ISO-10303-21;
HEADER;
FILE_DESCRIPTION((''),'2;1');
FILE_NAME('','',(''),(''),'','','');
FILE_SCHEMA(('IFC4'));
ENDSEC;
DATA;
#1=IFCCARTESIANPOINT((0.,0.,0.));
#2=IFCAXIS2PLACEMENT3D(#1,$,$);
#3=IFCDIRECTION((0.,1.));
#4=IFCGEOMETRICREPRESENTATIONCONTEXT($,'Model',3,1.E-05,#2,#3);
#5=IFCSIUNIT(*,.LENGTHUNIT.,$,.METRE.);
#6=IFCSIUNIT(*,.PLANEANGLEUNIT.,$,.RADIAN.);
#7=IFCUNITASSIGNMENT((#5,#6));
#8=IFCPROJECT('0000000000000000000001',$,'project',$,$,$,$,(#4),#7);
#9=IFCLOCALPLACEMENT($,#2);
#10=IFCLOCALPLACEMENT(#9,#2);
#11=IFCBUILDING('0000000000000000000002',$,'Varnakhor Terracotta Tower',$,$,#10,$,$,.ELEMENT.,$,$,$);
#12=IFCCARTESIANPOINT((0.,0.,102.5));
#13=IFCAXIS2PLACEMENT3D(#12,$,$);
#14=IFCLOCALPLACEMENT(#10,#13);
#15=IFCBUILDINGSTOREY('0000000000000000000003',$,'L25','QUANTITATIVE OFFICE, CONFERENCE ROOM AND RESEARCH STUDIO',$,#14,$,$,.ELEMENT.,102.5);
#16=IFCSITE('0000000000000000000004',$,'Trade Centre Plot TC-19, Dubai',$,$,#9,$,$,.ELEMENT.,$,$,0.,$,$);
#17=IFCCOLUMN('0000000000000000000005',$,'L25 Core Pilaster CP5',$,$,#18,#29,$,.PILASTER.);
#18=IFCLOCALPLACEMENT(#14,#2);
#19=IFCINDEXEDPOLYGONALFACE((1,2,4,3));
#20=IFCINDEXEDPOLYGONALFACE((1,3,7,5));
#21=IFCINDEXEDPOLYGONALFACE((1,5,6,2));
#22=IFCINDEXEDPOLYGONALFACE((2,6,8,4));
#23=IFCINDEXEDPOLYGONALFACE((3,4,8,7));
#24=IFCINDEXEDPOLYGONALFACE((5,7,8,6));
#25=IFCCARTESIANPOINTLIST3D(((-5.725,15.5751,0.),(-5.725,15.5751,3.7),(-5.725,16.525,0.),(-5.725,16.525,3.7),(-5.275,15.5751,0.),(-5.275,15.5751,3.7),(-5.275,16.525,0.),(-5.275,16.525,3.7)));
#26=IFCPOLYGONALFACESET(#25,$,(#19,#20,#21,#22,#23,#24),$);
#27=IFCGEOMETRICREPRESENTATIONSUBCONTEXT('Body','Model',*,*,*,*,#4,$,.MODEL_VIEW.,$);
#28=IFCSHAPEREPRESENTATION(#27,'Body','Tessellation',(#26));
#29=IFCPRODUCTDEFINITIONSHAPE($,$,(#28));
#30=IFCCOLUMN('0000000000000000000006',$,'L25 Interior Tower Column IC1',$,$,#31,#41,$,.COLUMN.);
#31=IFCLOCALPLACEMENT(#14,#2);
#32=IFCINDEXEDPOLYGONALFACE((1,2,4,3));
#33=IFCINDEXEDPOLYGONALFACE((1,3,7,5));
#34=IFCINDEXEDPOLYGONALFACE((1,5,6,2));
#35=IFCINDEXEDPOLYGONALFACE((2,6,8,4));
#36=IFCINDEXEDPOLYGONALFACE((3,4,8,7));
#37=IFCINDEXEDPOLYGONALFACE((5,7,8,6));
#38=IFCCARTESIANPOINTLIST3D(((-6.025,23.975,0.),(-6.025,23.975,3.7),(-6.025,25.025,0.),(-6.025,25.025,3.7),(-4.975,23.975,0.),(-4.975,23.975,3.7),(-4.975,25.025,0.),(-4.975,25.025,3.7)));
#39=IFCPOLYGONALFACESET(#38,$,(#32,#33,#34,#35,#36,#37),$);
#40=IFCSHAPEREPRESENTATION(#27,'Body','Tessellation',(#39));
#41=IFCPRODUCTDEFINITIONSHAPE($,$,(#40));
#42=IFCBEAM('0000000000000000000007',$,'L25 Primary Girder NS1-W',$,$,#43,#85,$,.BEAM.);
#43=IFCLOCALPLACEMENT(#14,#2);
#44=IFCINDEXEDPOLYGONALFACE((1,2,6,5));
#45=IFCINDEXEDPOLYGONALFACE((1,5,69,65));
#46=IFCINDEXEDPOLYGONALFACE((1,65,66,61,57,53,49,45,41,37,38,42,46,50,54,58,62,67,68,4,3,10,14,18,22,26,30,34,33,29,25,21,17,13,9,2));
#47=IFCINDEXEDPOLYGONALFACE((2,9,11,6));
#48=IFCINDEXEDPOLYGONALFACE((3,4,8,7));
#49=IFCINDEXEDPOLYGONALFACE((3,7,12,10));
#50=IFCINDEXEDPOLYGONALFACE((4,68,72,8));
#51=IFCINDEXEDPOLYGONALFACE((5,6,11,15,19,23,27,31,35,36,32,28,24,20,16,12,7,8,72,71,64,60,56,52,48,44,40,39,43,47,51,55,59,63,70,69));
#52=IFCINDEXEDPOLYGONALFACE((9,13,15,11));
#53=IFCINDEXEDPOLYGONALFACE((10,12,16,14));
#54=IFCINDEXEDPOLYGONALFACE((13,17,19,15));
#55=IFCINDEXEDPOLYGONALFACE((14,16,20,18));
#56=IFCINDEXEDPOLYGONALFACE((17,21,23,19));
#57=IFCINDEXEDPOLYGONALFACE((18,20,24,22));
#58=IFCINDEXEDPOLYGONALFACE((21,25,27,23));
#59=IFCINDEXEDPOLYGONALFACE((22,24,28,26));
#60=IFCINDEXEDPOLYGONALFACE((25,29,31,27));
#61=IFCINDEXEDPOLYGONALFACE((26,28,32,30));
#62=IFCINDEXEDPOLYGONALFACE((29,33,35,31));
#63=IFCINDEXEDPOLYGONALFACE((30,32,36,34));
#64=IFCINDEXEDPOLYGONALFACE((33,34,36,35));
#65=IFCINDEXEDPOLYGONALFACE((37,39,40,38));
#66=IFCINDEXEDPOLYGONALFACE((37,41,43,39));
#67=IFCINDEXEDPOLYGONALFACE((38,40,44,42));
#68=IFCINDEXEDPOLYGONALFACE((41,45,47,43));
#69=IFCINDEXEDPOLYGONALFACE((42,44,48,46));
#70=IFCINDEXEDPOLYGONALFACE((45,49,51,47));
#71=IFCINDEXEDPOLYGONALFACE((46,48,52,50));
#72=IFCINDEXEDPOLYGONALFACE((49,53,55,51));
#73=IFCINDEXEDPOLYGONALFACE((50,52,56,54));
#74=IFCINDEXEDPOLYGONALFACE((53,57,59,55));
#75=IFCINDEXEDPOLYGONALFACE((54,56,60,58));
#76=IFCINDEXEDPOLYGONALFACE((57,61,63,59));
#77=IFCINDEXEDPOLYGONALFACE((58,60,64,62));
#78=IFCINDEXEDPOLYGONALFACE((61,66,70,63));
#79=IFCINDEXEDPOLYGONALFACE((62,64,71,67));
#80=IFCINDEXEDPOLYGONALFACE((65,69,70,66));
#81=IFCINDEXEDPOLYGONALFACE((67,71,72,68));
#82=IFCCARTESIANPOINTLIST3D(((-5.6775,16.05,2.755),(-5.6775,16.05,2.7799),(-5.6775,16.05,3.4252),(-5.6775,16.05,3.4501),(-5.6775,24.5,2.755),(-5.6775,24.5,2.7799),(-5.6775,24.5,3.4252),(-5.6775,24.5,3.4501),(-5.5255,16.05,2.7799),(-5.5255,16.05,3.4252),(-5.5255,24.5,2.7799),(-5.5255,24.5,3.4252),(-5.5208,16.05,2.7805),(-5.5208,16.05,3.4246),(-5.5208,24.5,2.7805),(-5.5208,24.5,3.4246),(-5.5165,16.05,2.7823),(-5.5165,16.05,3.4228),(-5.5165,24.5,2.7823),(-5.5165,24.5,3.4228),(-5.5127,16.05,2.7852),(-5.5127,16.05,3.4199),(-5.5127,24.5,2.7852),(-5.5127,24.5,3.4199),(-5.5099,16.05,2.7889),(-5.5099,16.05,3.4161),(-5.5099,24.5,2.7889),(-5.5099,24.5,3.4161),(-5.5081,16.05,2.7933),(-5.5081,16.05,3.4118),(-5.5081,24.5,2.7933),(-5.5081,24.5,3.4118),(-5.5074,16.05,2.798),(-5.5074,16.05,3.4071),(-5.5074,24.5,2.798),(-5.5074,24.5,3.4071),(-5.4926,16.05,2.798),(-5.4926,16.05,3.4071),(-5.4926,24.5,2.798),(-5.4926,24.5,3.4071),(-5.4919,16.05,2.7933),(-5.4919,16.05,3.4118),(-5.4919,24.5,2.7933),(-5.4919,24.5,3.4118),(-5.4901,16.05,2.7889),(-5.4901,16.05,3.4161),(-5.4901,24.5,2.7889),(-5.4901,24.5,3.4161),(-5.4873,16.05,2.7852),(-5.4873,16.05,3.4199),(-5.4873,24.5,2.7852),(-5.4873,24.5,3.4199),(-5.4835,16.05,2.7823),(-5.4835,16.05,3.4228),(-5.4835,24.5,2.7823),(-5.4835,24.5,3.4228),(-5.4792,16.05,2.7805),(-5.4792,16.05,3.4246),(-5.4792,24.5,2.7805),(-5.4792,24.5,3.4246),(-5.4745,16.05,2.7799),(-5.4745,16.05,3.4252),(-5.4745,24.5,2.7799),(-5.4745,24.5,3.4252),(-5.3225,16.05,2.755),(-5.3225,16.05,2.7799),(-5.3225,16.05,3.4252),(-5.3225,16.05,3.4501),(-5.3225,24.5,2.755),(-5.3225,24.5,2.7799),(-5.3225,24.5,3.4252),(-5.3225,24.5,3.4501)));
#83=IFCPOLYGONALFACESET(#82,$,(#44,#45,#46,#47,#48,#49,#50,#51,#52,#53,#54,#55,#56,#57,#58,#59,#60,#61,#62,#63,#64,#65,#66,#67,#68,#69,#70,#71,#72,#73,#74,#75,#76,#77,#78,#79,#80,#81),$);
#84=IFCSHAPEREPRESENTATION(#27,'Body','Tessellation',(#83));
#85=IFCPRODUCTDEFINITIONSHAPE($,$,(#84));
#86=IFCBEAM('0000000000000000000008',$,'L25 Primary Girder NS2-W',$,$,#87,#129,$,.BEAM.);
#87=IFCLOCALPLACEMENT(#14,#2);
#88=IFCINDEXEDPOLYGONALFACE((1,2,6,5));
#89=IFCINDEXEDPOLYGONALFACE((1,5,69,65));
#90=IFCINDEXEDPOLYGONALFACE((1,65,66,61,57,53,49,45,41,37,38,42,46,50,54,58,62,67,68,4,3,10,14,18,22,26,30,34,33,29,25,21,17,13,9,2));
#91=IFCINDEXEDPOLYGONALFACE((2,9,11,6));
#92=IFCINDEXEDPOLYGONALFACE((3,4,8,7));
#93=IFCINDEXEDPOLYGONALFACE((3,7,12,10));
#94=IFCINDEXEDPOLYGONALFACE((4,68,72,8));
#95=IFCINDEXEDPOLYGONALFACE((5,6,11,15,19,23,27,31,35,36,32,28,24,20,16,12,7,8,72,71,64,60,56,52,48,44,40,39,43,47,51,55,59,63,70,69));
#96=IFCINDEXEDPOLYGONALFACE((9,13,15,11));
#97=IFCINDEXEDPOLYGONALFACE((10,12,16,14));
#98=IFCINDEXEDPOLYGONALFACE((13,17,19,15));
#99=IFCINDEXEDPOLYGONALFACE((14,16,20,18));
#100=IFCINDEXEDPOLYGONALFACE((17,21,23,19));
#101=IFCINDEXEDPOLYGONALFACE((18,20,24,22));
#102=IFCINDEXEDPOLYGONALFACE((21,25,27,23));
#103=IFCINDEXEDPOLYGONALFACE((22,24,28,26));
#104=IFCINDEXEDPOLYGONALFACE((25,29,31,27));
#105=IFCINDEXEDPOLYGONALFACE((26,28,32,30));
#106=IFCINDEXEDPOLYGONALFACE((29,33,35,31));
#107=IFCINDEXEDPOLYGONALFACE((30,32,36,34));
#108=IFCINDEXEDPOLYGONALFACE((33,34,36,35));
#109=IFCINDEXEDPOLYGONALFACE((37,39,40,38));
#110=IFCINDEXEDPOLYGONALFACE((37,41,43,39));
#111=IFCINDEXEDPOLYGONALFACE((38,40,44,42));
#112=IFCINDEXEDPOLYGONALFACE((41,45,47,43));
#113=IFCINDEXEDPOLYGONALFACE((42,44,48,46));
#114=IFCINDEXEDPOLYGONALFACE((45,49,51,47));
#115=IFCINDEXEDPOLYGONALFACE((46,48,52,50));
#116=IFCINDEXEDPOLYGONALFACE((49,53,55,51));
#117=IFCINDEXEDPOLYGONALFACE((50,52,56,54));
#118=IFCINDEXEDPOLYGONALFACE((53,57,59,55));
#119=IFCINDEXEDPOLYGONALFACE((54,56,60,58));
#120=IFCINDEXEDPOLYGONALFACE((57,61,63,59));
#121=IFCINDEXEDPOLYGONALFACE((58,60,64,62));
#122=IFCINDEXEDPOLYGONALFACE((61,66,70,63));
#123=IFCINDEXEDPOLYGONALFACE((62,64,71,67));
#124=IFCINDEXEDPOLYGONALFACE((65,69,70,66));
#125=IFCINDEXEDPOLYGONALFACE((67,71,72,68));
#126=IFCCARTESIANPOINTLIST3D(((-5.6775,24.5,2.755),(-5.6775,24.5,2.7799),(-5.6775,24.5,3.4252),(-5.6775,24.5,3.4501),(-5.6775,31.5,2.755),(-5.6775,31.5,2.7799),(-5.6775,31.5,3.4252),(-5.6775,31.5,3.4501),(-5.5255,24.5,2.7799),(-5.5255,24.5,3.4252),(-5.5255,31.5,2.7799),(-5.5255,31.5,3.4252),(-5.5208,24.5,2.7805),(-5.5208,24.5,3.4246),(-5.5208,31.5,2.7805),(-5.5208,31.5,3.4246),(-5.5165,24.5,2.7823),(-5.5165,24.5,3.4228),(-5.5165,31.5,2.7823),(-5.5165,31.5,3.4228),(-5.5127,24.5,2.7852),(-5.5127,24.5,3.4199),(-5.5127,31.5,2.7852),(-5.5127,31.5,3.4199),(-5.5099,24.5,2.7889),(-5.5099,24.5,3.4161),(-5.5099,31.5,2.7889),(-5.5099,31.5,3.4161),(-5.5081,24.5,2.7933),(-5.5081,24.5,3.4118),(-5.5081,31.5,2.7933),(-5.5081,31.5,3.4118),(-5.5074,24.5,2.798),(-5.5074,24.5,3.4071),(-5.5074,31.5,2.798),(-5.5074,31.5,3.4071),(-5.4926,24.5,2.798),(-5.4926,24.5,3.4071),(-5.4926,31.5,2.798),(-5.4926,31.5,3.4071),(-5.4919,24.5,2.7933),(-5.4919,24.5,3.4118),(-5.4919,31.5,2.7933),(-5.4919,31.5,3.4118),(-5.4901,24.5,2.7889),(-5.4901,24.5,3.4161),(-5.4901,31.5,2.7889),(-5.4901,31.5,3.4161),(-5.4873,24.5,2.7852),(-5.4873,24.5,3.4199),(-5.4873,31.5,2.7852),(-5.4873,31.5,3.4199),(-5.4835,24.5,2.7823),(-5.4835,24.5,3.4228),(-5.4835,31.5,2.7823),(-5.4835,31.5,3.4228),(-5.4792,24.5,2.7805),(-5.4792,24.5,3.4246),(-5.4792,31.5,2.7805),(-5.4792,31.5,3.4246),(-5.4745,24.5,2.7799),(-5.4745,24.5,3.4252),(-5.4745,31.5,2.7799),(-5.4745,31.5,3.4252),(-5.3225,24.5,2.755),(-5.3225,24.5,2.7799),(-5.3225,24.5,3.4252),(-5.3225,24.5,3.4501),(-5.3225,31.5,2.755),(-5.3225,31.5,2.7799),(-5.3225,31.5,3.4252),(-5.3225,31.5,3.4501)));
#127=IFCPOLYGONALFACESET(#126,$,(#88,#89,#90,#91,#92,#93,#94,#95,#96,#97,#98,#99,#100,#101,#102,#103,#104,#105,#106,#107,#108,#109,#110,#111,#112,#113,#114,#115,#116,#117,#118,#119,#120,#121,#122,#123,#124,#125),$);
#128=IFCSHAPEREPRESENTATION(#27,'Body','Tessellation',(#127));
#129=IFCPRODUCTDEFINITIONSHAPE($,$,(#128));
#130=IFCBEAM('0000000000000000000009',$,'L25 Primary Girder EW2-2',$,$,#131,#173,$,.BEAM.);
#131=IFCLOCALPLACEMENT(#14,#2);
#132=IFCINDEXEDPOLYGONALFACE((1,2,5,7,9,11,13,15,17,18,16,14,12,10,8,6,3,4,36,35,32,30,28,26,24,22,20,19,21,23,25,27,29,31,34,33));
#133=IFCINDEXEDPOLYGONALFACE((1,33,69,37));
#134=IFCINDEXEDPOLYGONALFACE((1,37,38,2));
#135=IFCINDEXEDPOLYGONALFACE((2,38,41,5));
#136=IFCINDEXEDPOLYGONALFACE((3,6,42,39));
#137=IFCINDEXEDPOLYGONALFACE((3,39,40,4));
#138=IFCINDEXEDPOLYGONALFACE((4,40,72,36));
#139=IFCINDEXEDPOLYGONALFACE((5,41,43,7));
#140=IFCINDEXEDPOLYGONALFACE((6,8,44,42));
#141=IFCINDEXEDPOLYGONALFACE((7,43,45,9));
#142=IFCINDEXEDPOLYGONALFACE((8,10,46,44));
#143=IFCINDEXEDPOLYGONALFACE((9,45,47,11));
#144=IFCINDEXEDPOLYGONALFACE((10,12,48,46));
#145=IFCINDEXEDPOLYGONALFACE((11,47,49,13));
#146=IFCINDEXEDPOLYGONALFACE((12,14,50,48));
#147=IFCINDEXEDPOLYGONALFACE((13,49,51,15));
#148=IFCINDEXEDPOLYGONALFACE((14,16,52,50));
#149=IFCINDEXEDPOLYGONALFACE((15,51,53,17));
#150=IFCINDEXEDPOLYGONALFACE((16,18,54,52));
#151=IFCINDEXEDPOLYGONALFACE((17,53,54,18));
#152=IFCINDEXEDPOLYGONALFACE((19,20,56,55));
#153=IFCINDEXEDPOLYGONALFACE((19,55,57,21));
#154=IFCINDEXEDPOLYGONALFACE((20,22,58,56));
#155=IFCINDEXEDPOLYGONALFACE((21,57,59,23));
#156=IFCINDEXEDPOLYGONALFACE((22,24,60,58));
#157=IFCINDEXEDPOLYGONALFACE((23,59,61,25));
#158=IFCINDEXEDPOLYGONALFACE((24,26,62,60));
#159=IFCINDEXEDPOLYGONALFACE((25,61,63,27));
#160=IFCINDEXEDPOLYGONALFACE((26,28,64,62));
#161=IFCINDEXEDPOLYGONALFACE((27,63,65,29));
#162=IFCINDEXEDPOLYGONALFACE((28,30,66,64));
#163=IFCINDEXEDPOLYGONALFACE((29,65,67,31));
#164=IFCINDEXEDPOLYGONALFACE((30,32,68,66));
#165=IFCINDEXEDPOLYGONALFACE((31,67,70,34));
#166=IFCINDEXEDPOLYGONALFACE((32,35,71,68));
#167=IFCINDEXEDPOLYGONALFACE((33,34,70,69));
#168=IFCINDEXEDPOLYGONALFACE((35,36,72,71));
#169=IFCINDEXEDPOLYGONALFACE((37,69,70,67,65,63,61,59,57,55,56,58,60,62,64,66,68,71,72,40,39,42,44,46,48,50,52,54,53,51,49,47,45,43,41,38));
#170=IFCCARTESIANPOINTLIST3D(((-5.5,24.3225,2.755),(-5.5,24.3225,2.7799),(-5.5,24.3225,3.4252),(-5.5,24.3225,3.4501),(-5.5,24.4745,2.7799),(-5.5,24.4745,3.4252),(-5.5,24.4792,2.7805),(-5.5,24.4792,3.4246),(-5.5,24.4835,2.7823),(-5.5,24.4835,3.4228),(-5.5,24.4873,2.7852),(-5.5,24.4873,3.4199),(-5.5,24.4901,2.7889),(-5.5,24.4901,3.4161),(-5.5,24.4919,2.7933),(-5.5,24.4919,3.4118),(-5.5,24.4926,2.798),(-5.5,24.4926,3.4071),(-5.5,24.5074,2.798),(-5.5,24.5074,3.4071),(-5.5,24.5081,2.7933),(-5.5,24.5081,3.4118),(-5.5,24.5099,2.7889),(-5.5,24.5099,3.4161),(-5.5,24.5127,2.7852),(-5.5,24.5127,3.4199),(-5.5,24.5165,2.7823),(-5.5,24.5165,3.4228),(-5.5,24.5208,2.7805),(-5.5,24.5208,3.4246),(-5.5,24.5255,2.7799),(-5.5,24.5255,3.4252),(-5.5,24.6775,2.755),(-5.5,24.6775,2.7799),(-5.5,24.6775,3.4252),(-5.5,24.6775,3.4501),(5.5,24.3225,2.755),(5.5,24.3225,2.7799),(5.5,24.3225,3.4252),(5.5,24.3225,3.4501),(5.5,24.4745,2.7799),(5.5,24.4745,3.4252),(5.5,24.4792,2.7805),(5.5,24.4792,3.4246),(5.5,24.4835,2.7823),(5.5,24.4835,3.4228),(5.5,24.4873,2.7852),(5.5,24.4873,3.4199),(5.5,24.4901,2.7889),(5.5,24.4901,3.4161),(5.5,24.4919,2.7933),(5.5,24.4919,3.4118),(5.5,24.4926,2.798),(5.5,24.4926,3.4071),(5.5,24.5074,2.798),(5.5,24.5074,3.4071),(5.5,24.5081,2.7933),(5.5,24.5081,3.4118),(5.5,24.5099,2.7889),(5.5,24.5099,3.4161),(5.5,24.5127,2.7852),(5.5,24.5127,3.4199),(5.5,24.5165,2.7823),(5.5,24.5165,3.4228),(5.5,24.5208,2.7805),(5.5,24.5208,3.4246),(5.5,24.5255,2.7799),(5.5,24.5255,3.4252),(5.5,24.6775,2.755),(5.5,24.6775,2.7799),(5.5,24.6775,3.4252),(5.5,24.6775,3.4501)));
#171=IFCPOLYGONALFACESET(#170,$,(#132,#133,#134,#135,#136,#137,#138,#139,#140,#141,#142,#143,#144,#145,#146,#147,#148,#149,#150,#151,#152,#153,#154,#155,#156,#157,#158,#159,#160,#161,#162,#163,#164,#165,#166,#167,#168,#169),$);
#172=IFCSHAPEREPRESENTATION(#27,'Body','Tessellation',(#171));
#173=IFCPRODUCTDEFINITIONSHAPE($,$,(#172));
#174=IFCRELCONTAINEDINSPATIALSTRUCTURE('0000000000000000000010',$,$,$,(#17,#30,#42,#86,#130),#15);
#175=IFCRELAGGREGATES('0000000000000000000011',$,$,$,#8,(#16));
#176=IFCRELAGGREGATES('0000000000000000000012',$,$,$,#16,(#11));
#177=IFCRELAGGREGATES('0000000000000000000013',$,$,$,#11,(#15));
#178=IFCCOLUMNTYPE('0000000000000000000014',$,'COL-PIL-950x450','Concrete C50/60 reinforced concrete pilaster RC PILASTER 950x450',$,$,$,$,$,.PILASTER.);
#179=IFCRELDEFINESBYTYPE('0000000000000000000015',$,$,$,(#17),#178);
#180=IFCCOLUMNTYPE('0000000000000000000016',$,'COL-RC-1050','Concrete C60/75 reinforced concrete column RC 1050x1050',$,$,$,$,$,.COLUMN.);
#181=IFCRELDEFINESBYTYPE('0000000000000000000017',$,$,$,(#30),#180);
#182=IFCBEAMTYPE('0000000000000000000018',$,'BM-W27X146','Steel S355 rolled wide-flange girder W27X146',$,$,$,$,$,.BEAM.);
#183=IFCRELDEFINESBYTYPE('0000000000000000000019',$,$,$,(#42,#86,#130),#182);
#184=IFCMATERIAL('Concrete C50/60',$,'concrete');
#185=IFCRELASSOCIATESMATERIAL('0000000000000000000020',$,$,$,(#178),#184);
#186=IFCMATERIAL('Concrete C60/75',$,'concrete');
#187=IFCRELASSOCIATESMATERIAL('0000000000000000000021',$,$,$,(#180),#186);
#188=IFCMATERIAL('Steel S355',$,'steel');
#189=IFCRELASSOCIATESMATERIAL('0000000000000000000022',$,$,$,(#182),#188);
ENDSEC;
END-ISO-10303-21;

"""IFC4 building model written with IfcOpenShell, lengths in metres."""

from ifc_helpers import new_model, si_unit, direction, frame, origin, origin_2d, place, context, subcontext, project, spatial, rectangle, i_section, extrude, source, transform, mapped, material, material_profile, profile_set, type_object, type_shapes, element, save


model = new_model("IFC4")

# Units and contexts
model_context = context("Model", 3, precision=1e-05, world=origin(), true_north=direction((0.0, 1.0)))
body_context = subcontext(model_context, "Body", "Model", "MODEL_VIEW")
ifc_project = project(units=[si_unit("LENGTHUNIT", "METRE"), si_unit("PLANEANGLEUNIT", "RADIAN")], contexts=[model_context])

# Site, building, storey
site_placement = place(None, origin())
site = spatial("IfcSite", under=ifc_project, at=site_placement, Name="Trade Centre Plot TC-19, Dubai", CompositionType="ELEMENT", RefElevation=0.0)
building_placement = place(site_placement, origin())
building = spatial("IfcBuilding", under=site, at=building_placement, Name="Varnakhor Terracotta Tower", CompositionType="ELEMENT")
storey_placement = place(building_placement, frame((0.0, 0.0, 102.5)))
storey = spatial("IfcBuildingStorey", under=building, at=storey_placement, Name="L25", Description="QUANTITATIVE OFFICE, CONFERENCE ROOM AND RESEARCH STUDIO", CompositionType="ELEMENT", Elevation=102.5)

# Columns
ifc_material_1 = material(Name="Concrete C50/60", Category="concrete")
ifc_material_profile_1 = material_profile(ifc_material_1, rectangle(XDim=0.45, YDim=0.95, at=origin_2d()), Name="RC PILASTER 950x450")
ifc_profile_set_1 = profile_set([ifc_material_profile_1], Name="Concrete C50/60")
column_type_1 = type_object("IfcColumnType", Name="COL-PIL-950x450", Description="Concrete C50/60 reinforced concrete pilaster RC PILASTER 950x450", PredefinedType="PILASTER", material=ifc_profile_set_1)
shared_shape_1 = source(origin(), body_context, "Body", "SweptSolid", [
    extrude(rectangle(XDim=0.45, YDim=0.95, at=origin_2d()), origin(), (0.0, 0.0, 1.0), 3.7),
])
column_1_placement = place(storey_placement, frame((-5.5, 16.05, 0.0), z_axis=(0.0, 0.0, 1.0), x_axis=(1.0, 0.0, 0.0)))
element("IfcColumn", 1, at=column_1_placement, inside=storey, type_object=column_type_1, Name="L25 Core Pilaster CP5", PredefinedType="PILASTER", context=body_context, shape_type="MappedRepresentation", body=[
    mapped(shared_shape_1, transform((0.0, 0.0, 0.0), scale=1.0)),
])
ifc_material_2 = material(Name="Concrete C60/75", Category="concrete")
ifc_material_profile_2 = material_profile(ifc_material_2, rectangle(XDim=1.05, YDim=1.05, at=origin_2d()), Name="RC 1050x1050")
ifc_profile_set_2 = profile_set([ifc_material_profile_2], Name="Concrete C60/75")
column_type_2 = type_object("IfcColumnType", Name="COL-RC-1050", Description="Concrete C60/75 reinforced concrete column RC 1050x1050", PredefinedType="COLUMN", material=ifc_profile_set_2)
shared_shape_2 = source(origin(), body_context, "Body", "SweptSolid", [
    extrude(rectangle(XDim=1.05, YDim=1.05, at=origin_2d()), origin(), (0.0, 0.0, 1.0), 3.7),
])
column_2_placement = place(storey_placement, frame((-5.5, 24.5, 0.0), z_axis=(0.0, 0.0, 1.0), x_axis=(1.0, 0.0, 0.0)))
element("IfcColumn", 2, at=column_2_placement, inside=storey, type_object=column_type_2, Name="L25 Interior Tower Column IC1", PredefinedType="COLUMN", context=body_context, shape_type="MappedRepresentation", body=[
    mapped(shared_shape_2, transform((0.0, 0.0, 0.0), scale=1.0)),
])

# Beams
ifc_material_3 = material(Name="Steel S355", Category="steel")
ifc_material_profile_3 = material_profile(ifc_material_3, i_section(OverallWidth=0.355, OverallDepth=0.6951, WebThickness=0.0149, FlangeThickness=0.0249, FilletRadius=0.0181, at=origin_2d()), Name="W27X146")
ifc_profile_set_3 = profile_set([ifc_material_profile_3], Name="Steel S355")
beam_type_1 = type_object("IfcBeamType", Name="BM-W27X146", Description="Steel S355 rolled wide-flange girder W27X146", PredefinedType="BEAM", material=ifc_profile_set_3)
shared_shape_3 = source(origin(), body_context, "Body", "SweptSolid", [
    extrude(i_section(OverallWidth=0.355, OverallDepth=0.6951, WebThickness=0.0149, FlangeThickness=0.0249, FilletRadius=0.0181, at=origin_2d()), origin(), (0.0, 0.0, 1.0), 8.45),
])
type_shapes(beam_type_1, [shared_shape_3])
beam_1_placement = place(storey_placement, frame((-5.5, 16.05, 3.1025), z_axis=(0.0, 1.0, 0.0), x_axis=(-1.0, 0.0, 0.0)))
element("IfcBeam", 3, at=beam_1_placement, inside=storey, type_object=beam_type_1, Name="L25 Primary Girder NS1-W", PredefinedType="BEAM", context=body_context, shape_type="MappedRepresentation", body=[
    mapped(shared_shape_3, transform((0.0, 0.0, 0.0), scale=1.0)),
])
shared_shape_4 = source(origin(), body_context, "Body", "SweptSolid", [
    extrude(i_section(OverallWidth=0.355, OverallDepth=0.6951, WebThickness=0.0149, FlangeThickness=0.0249, FilletRadius=0.0181, at=origin_2d()), origin(), (0.0, 0.0, 1.0), 7.0),
])
beam_2_placement = place(storey_placement, frame((-5.5, 24.5, 3.1025), z_axis=(0.0, 1.0, 0.0), x_axis=(-1.0, 0.0, 0.0)))
element("IfcBeam", 4, at=beam_2_placement, inside=storey, type_object=beam_type_1, Name="L25 Primary Girder NS2-W", PredefinedType="BEAM", context=body_context, shape_type="MappedRepresentation", body=[
    mapped(shared_shape_4, transform((0.0, 0.0, 0.0), scale=1.0)),
])
shared_shape_5 = source(origin(), body_context, "Body", "SweptSolid", [
    extrude(i_section(OverallWidth=0.355, OverallDepth=0.6951, WebThickness=0.0149, FlangeThickness=0.0249, FilletRadius=0.0181, at=origin_2d()), origin(), (0.0, 0.0, 1.0), 11.0),
])
beam_3_placement = place(storey_placement, frame((-5.5, 24.5, 3.1025), z_axis=(1.0, 0.0, 0.0), x_axis=(0.0, 1.0, 0.0)))
element("IfcBeam", 5, at=beam_3_placement, inside=storey, type_object=beam_type_1, Name="L25 Primary Girder EW2-2", PredefinedType="BEAM", context=body_context, shape_type="MappedRepresentation", body=[
    mapped(shared_shape_5, transform((0.0, 0.0, 0.0), scale=1.0)),
])

save(model, "model.ifc")
